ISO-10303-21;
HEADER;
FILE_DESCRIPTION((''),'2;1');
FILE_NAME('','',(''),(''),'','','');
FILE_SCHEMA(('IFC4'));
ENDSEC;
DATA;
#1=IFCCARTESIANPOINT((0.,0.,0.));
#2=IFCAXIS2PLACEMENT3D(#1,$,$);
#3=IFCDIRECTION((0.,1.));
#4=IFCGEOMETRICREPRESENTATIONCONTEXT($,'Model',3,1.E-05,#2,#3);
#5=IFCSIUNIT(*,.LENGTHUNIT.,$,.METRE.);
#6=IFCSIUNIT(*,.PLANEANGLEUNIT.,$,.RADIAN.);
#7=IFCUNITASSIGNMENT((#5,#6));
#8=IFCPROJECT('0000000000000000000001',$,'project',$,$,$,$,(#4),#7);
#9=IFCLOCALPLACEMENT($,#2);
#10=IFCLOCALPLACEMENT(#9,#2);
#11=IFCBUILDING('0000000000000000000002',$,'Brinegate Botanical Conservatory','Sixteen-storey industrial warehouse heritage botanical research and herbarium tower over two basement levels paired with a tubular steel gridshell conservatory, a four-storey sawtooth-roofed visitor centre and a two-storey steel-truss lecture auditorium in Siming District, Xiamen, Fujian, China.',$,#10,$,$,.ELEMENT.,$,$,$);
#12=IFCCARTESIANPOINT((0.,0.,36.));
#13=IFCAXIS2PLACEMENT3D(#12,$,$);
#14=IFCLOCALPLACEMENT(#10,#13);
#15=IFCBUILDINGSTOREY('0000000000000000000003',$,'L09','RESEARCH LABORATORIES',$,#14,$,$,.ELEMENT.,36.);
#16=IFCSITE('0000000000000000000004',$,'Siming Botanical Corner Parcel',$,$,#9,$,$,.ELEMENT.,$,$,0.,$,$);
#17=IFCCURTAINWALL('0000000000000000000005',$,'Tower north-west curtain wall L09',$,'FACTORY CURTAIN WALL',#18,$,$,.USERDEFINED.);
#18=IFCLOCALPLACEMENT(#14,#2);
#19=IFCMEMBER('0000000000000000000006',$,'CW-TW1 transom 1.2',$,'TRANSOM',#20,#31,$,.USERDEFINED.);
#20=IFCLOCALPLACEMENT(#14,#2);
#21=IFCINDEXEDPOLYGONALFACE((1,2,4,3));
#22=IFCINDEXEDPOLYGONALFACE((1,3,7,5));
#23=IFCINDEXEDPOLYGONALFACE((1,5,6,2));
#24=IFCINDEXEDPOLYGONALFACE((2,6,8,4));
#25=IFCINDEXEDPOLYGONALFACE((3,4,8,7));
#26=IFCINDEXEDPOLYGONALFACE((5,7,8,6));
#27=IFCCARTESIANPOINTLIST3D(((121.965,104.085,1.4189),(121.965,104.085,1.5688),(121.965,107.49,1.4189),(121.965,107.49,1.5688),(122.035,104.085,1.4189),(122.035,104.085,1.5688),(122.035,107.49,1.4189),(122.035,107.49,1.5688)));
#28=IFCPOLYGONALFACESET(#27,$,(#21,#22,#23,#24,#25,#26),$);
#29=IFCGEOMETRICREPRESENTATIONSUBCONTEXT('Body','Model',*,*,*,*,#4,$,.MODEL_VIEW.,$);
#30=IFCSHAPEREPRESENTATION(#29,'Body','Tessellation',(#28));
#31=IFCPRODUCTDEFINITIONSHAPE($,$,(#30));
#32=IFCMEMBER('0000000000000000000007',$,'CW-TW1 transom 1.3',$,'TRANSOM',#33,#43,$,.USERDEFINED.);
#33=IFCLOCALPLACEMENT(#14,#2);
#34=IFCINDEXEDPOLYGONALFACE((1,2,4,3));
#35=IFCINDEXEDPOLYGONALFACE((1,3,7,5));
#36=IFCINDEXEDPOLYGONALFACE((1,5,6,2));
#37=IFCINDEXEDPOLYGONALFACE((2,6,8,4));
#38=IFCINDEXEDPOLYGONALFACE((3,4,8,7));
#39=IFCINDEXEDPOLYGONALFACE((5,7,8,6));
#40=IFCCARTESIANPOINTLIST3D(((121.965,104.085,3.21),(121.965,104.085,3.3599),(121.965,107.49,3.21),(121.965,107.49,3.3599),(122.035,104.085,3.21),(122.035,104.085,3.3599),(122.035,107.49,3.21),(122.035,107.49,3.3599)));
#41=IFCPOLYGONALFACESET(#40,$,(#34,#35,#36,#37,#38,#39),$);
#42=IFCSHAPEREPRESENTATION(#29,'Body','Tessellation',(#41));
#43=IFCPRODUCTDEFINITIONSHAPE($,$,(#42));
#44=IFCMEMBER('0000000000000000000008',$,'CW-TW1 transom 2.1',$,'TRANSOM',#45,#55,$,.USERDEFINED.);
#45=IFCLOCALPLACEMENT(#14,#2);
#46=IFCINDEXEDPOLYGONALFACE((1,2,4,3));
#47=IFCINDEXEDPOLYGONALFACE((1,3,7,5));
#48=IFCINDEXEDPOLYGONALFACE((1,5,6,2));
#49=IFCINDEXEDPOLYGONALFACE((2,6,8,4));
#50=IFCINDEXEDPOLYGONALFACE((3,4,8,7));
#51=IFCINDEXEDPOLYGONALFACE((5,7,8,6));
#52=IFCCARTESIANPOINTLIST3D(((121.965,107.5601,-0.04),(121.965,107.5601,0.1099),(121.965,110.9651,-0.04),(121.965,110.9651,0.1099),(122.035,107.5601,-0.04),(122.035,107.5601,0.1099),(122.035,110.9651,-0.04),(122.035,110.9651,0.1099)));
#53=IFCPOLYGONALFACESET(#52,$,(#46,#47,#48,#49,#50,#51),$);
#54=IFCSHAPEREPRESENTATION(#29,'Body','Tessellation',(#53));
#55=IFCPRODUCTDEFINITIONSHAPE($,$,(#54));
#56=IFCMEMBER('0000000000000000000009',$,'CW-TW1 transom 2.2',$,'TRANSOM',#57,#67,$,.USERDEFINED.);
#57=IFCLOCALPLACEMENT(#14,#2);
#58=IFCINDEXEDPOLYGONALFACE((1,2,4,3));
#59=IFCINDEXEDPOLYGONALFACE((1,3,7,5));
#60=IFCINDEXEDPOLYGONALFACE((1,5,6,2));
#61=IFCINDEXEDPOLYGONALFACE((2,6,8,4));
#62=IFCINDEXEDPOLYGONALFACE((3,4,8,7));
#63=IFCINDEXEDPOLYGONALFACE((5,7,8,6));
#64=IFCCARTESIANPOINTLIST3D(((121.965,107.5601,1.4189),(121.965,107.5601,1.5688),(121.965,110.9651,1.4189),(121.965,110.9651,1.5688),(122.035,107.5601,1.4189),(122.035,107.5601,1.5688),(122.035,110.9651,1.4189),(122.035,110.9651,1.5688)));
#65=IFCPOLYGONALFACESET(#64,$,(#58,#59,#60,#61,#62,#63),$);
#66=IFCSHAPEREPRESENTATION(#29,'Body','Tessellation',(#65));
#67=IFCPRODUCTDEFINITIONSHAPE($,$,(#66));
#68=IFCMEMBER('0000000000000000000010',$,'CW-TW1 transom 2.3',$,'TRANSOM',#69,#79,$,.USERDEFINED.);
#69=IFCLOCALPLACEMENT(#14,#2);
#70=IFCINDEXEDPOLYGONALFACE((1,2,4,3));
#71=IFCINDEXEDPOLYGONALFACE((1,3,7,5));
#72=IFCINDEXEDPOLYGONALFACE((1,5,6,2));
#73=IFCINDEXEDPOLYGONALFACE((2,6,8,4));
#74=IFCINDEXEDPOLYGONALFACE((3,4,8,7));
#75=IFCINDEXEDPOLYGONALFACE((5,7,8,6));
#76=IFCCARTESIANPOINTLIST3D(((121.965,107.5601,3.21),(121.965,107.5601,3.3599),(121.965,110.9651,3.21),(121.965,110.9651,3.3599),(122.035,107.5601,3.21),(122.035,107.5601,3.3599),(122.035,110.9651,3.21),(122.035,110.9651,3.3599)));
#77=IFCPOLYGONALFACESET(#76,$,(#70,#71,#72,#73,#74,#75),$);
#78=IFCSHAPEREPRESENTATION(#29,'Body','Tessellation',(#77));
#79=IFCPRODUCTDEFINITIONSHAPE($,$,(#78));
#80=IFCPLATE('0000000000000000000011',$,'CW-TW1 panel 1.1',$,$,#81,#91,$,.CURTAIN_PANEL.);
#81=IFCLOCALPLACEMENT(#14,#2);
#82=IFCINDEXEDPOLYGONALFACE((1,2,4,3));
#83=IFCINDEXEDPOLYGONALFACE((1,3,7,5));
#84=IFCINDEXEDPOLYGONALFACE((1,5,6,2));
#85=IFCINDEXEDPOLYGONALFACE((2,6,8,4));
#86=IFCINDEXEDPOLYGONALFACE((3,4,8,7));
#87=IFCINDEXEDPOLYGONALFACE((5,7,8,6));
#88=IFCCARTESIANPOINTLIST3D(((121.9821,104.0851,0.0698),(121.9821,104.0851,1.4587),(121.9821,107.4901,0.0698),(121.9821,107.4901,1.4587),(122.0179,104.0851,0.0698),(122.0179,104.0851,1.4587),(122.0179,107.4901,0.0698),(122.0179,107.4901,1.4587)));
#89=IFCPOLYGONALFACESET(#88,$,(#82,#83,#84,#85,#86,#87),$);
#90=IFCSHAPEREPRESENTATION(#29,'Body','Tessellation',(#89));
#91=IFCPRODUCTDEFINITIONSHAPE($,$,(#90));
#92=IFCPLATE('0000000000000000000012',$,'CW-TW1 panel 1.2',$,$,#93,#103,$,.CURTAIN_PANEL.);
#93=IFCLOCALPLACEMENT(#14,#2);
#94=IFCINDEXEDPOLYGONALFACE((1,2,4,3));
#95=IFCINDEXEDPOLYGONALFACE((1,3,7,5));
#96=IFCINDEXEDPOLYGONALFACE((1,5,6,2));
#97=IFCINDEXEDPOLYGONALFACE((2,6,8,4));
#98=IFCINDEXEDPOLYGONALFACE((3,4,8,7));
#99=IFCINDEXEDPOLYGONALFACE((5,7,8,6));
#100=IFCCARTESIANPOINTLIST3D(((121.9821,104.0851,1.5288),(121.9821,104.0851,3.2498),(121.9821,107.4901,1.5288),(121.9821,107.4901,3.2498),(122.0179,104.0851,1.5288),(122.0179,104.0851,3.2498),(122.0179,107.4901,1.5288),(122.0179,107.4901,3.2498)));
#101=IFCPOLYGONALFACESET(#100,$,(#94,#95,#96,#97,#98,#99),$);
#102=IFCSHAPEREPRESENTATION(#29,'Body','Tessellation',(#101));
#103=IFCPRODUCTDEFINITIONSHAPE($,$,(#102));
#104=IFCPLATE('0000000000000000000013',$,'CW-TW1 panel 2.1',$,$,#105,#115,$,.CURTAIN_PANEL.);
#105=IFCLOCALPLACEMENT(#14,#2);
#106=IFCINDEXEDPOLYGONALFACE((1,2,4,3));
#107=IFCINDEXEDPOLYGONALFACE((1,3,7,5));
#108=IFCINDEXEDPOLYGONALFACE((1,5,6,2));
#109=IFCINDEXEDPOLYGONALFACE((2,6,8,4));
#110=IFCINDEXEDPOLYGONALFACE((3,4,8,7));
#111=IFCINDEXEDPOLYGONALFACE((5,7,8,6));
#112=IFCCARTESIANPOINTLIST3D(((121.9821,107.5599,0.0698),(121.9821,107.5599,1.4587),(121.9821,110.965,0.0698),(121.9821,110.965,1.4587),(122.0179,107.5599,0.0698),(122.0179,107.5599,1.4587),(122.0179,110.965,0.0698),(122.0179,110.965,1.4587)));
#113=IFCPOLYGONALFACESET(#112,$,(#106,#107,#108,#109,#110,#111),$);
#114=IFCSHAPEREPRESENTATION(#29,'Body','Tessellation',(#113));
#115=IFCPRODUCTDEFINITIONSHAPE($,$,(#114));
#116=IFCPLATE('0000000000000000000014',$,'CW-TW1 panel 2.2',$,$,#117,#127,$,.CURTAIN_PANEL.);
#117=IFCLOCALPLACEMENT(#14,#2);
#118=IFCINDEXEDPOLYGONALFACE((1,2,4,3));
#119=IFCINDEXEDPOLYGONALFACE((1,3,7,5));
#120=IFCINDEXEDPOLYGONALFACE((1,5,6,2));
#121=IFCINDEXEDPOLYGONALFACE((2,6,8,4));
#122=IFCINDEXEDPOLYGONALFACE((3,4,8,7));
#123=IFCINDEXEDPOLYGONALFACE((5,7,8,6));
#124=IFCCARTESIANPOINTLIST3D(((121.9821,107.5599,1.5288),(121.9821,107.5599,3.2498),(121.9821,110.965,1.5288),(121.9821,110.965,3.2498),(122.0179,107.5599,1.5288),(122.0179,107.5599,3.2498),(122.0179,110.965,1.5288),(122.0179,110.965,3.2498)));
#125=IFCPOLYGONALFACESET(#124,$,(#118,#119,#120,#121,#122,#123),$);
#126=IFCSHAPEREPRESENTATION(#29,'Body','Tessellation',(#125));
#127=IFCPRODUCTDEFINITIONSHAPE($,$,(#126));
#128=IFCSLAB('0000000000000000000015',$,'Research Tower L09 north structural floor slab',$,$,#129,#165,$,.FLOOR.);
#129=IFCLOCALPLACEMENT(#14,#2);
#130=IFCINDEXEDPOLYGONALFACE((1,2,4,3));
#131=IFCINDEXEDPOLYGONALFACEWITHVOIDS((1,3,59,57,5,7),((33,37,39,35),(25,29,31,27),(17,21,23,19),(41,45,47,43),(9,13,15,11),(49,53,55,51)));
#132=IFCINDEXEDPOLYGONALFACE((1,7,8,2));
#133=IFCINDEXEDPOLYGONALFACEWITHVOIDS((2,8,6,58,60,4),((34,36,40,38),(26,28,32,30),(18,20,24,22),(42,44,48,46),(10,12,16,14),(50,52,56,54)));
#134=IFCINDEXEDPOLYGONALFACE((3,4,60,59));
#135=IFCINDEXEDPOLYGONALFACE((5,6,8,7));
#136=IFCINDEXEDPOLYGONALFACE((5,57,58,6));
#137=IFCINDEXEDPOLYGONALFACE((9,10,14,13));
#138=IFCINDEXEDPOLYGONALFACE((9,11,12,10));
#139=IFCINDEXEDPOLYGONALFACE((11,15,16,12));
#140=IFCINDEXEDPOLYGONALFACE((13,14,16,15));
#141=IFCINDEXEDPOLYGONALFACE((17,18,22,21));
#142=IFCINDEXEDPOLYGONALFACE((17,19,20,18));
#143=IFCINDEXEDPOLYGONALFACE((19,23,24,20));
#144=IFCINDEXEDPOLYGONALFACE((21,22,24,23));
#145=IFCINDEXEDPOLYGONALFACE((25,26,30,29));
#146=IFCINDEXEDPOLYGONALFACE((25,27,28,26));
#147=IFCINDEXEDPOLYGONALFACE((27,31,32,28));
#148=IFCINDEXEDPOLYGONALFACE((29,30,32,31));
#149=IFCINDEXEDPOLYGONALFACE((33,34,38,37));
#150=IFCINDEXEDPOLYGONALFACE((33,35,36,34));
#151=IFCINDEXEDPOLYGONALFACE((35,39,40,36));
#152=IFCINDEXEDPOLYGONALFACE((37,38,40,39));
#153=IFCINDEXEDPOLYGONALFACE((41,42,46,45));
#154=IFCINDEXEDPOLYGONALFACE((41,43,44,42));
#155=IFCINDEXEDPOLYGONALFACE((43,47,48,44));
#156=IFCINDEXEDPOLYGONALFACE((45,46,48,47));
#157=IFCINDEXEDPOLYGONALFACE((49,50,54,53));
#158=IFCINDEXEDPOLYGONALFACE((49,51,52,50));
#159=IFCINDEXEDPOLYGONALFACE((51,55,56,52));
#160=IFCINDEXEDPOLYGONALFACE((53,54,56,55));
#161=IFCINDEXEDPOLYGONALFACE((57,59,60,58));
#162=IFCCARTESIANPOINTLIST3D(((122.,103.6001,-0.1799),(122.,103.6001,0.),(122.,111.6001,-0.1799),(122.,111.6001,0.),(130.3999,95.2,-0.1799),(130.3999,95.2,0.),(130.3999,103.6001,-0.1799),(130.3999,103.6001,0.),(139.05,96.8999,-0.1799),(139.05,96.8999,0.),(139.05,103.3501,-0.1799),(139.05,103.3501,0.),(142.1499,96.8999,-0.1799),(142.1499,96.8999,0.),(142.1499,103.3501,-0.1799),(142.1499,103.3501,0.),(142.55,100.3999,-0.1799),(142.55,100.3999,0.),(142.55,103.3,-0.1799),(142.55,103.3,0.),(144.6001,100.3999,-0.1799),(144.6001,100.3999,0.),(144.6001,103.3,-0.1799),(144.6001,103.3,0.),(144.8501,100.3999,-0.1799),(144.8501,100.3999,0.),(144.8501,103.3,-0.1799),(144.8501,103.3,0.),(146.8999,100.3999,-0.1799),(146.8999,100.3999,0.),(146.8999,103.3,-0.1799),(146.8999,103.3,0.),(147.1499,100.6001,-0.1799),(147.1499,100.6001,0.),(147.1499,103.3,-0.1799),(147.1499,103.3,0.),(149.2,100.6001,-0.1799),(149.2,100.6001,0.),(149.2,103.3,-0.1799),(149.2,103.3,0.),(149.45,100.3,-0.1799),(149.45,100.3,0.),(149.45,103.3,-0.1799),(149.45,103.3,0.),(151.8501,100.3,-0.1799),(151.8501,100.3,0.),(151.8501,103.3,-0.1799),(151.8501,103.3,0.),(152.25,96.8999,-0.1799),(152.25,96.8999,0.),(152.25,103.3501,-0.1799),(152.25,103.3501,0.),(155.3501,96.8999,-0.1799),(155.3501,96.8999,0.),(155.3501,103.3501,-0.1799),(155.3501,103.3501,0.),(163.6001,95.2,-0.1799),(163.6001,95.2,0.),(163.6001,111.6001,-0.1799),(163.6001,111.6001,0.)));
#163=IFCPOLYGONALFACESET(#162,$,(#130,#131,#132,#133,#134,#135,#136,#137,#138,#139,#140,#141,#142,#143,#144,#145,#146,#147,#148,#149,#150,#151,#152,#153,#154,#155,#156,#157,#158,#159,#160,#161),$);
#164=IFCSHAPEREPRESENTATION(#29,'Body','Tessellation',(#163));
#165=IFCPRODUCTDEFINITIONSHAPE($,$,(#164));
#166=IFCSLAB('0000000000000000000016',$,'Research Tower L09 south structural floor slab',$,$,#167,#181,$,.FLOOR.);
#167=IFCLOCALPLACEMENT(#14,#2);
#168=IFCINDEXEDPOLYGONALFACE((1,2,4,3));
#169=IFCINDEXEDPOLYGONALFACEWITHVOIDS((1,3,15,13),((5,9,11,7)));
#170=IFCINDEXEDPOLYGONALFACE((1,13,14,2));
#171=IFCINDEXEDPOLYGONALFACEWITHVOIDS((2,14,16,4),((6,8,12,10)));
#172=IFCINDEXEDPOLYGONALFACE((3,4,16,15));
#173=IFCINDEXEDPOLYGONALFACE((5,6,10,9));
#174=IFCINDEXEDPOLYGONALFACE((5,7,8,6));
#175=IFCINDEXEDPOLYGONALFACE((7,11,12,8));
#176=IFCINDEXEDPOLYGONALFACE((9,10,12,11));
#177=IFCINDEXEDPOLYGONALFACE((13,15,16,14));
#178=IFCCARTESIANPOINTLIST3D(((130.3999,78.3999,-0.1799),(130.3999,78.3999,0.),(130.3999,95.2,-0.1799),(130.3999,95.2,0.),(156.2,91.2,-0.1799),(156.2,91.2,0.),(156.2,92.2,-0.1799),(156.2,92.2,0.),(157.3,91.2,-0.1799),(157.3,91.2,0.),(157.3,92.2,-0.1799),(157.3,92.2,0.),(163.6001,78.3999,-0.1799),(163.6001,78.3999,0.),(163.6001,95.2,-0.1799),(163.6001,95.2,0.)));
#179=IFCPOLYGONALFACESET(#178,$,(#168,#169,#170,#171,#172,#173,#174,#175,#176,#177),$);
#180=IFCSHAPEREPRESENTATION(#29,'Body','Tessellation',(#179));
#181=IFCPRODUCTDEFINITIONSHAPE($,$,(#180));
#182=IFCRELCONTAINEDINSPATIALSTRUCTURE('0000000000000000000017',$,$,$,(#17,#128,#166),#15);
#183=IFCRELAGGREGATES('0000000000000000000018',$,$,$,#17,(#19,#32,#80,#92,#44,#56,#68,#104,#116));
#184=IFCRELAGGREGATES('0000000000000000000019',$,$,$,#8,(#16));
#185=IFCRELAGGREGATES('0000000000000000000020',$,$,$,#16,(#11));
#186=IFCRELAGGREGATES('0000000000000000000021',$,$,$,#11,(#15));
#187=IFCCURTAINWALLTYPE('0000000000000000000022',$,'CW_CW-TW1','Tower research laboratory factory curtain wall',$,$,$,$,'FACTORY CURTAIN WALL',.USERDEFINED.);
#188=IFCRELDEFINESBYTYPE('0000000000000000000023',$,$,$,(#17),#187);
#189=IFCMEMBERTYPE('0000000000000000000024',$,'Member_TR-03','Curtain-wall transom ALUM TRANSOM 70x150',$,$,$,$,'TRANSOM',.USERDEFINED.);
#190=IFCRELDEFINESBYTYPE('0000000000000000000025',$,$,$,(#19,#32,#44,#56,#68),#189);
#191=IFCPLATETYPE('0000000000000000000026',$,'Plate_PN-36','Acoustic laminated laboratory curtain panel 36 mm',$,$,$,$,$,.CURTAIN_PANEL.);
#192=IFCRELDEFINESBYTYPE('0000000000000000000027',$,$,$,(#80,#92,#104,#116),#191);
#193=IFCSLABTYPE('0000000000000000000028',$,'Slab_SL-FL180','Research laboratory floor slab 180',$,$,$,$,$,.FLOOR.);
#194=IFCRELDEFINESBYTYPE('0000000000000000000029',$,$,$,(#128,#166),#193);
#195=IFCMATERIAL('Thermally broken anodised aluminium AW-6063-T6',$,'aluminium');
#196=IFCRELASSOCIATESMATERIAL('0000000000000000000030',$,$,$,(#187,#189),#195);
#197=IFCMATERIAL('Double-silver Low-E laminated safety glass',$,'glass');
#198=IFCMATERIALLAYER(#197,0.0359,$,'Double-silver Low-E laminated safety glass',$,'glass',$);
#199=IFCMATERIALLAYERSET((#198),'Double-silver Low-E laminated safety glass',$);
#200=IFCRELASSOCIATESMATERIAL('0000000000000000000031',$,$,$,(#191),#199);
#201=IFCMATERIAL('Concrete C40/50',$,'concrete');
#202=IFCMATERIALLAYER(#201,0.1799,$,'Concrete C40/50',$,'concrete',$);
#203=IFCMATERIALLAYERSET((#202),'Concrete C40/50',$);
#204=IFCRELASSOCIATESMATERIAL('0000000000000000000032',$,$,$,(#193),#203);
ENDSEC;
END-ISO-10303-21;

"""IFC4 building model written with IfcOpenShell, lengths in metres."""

from ifc_helpers import new_model, si_unit, direction, frame, origin, origin_2d, place, context, subcontext, project, spatial, polyline, rectangle, outline, extrude, material, layer, layer_set, material_profile, profile_set, type_object, element, aggregate, save


model = new_model("IFC4")

# Units and contexts
model_context = context("Model", 3, precision=1e-05, world=origin(), true_north=direction((0.0, 1.0)))
body_context = subcontext(model_context, "Body", "Model", "MODEL_VIEW")
ifc_project = project(units=[si_unit("LENGTHUNIT", "METRE"), si_unit("PLANEANGLEUNIT", "RADIAN")], contexts=[model_context])

# Site, building, storey
site_placement = place(None, origin())
site = spatial("IfcSite", under=ifc_project, at=site_placement, Name="Siming Botanical Corner Parcel", CompositionType="ELEMENT", RefElevation=0.0)
building_placement = place(site_placement, origin())
building = spatial("IfcBuilding", under=site, at=building_placement, Name="Brinegate Botanical Conservatory", Description="Sixteen-storey industrial warehouse heritage botanical research and herbarium tower over two basement levels paired with a tubular steel gridshell conservatory, a four-storey sawtooth-roofed visitor centre and a two-storey steel-truss lecture auditorium in Siming District, Xiamen, Fujian, China.", CompositionType="ELEMENT")
storey_placement = place(building_placement, frame((0.0, 0.0, 36.0)))
storey = spatial("IfcBuildingStorey", under=building, at=storey_placement, Name="L09", Description="RESEARCH LABORATORIES", CompositionType="ELEMENT", Elevation=36.0)

# Shared definitions
ifc_material_1 = material(Name="Concrete C40/50", Category="concrete")

# Curtain wall, members, plates
ifc_material_2 = material(Name="Thermally broken anodised aluminium AW-6063-T6", Category="aluminium")
curtain_wall_type = type_object("IfcCurtainWallType", Name="CW_CW-TW1", Description="Tower research laboratory factory curtain wall", ElementType="FACTORY CURTAIN WALL", PredefinedType="USERDEFINED", material=ifc_material_2)
curtain_wall_placement = place(storey_placement, origin())
curtain_wall = element("IfcCurtainWall", 1, at=curtain_wall_placement, inside=storey, type_object=curtain_wall_type, Name="Tower north-west curtain wall L09", ObjectType="FACTORY CURTAIN WALL", PredefinedType="USERDEFINED")
ifc_material_profile_1 = material_profile(ifc_material_2, rectangle(XDim=0.0701, YDim=0.1499, at=origin_2d()), Name="ALUM TRANSOM 70x150")
ifc_profile_set_1 = profile_set([ifc_material_profile_1], Name="Thermally broken anodised aluminium AW-6063-T6")
member_type_1 = type_object("IfcMemberType", Name="Member_TR-03", Description="Curtain-wall transom ALUM TRANSOM 70x150", ElementType="TRANSOM", PredefinedType="USERDEFINED", material=ifc_profile_set_1)
member_1_placement = place(storey_placement, frame((122.0, 104.085, 1.4939), z_axis=(0.0, 1.0, 0.0), x_axis=(-1.0, 0.0, 0.0)))
member_1 = element("IfcMember", 2, at=member_1_placement, type_object=member_type_1, Name="CW-TW1 transom 1.2", ObjectType="TRANSOM", PredefinedType="USERDEFINED", context=body_context, shape_type="SweptSolid", body=[
    extrude(rectangle(XDim=0.0701, YDim=0.1499, at=origin_2d()), origin(), (0.0, 0.0, 1.0), 3.405),
])
member_2_placement = place(storey_placement, frame((122.0, 104.085, 3.2849), z_axis=(0.0, 1.0, 0.0), x_axis=(-1.0, 0.0, 0.0)))
member_2 = element("IfcMember", 3, at=member_2_placement, type_object=member_type_1, Name="CW-TW1 transom 1.3", ObjectType="TRANSOM", PredefinedType="USERDEFINED", context=body_context, shape_type="SweptSolid", body=[
    extrude(rectangle(XDim=0.0701, YDim=0.1499, at=origin_2d()), origin(), (0.0, 0.0, 1.0), 3.405),
])
member_3_placement = place(storey_placement, frame((122.0, 107.5601, 0.0349), z_axis=(0.0, 1.0, 0.0), x_axis=(-1.0, 0.0, 0.0)))
member_3 = element("IfcMember", 4, at=member_3_placement, type_object=member_type_1, Name="CW-TW1 transom 2.1", ObjectType="TRANSOM", PredefinedType="USERDEFINED", context=body_context, shape_type="SweptSolid", body=[
    extrude(rectangle(XDim=0.0701, YDim=0.1499, at=origin_2d()), origin(), (0.0, 0.0, 1.0), 3.405),
])
member_4_placement = place(storey_placement, frame((122.0, 107.5601, 1.4939), z_axis=(0.0, 1.0, 0.0), x_axis=(-1.0, 0.0, 0.0)))
member_4 = element("IfcMember", 5, at=member_4_placement, type_object=member_type_1, Name="CW-TW1 transom 2.2", ObjectType="TRANSOM", PredefinedType="USERDEFINED", context=body_context, shape_type="SweptSolid", body=[
    extrude(rectangle(XDim=0.0701, YDim=0.1499, at=origin_2d()), origin(), (0.0, 0.0, 1.0), 3.405),
])
member_5_placement = place(storey_placement, frame((122.0, 107.5601, 3.2849), z_axis=(0.0, 1.0, 0.0), x_axis=(-1.0, 0.0, 0.0)))
member_5 = element("IfcMember", 6, at=member_5_placement, type_object=member_type_1, Name="CW-TW1 transom 2.3", ObjectType="TRANSOM", PredefinedType="USERDEFINED", context=body_context, shape_type="SweptSolid", body=[
    extrude(rectangle(XDim=0.0701, YDim=0.1499, at=origin_2d()), origin(), (0.0, 0.0, 1.0), 3.405),
])
ifc_material_3 = material(Name="Double-silver Low-E laminated safety glass", Category="glass")
ifc_layer_1 = layer(ifc_material_3, 0.0359, Name="Double-silver Low-E laminated safety glass", Category="glass")
ifc_layer_set_1 = layer_set([ifc_layer_1], Name="Double-silver Low-E laminated safety glass")
plate_type = type_object("IfcPlateType", Name="Plate_PN-36", Description="Acoustic laminated laboratory curtain panel 36 mm", PredefinedType="CURTAIN_PANEL", material=ifc_layer_set_1)
plate_1_placement = place(storey_placement, frame((122.0, 105.7876, 0.0698), z_axis=(0.0, 0.0, 1.0), x_axis=(0.0, 1.0, 0.0)))
plate_1 = element("IfcPlate", 7, at=plate_1_placement, type_object=plate_type, Name="CW-TW1 panel 1.1", PredefinedType="CURTAIN_PANEL", context=body_context, shape_type="SweptSolid", body=[
    extrude(rectangle(XDim=3.405, YDim=0.0359, at=origin_2d()), origin(), (0.0, 0.0, 1.0), 1.3889),
])
plate_2_placement = place(storey_placement, frame((122.0, 105.7876, 1.5288), z_axis=(0.0, 0.0, 1.0), x_axis=(0.0, 1.0, 0.0)))
plate_2 = element("IfcPlate", 8, at=plate_2_placement, type_object=plate_type, Name="CW-TW1 panel 1.2", PredefinedType="CURTAIN_PANEL", context=body_context, shape_type="SweptSolid", body=[
    extrude(rectangle(XDim=3.405, YDim=0.0359, at=origin_2d()), origin(), (0.0, 0.0, 1.0), 1.7209),
])
plate_3_placement = place(storey_placement, frame((122.0, 109.2625, 0.0698), z_axis=(0.0, 0.0, 1.0), x_axis=(0.0, 1.0, 0.0)))
plate_3 = element("IfcPlate", 9, at=plate_3_placement, type_object=plate_type, Name="CW-TW1 panel 2.1", PredefinedType="CURTAIN_PANEL", context=body_context, shape_type="SweptSolid", body=[
    extrude(rectangle(XDim=3.405, YDim=0.0359, at=origin_2d()), origin(), (0.0, 0.0, 1.0), 1.3889),
])
plate_4_placement = place(storey_placement, frame((122.0, 109.2625, 1.5288), z_axis=(0.0, 0.0, 1.0), x_axis=(0.0, 1.0, 0.0)))
plate_4 = element("IfcPlate", 10, at=plate_4_placement, type_object=plate_type, Name="CW-TW1 panel 2.2", PredefinedType="CURTAIN_PANEL", context=body_context, shape_type="SweptSolid", body=[
    extrude(rectangle(XDim=3.405, YDim=0.0359, at=origin_2d()), origin(), (0.0, 0.0, 1.0), 1.7209),
])
aggregate(curtain_wall, [member_1, member_2, plate_1, plate_2, member_3, member_4, member_5, plate_3, plate_4])

# Slabs
ifc_layer_2 = layer(ifc_material_1, 0.1799, Name="Concrete C40/50", Category="concrete")
ifc_layer_set_2 = layer_set([ifc_layer_2], Name="Concrete C40/50")
slab_type_1 = type_object("IfcSlabType", Name="Slab_SL-FL180", Description="Research laboratory floor slab 180", PredefinedType="FLOOR", material=ifc_layer_set_2)
slab_1_placement = place(storey_placement, frame((0.0, 0.0, -0.1799)))
element("IfcSlab", 11, at=slab_1_placement, inside=storey, type_object=slab_type_1, Name="Research Tower L09 north structural floor slab", PredefinedType="FLOOR", context=body_context, shape_type="SweptSolid", body=[
    extrude(outline(polyline([(130.3999, 103.6001), (122.0, 103.6001), (122.0, 111.6001), (163.6001, 111.6001), (163.6001, 95.2), (130.3999, 95.2), (130.3999, 103.6001)]), holes=[polyline([(142.1499, 96.8999), (142.1499, 103.3501), (139.05, 103.3501), (139.05, 96.8999), (142.1499, 96.8999)]), polyline([(155.3501, 96.8999), (155.3501, 103.3501), (152.25, 103.3501), (152.25, 96.8999), (155.3501, 96.8999)]), polyline([(142.55, 100.3999), (144.6001, 100.3999), (144.6001, 103.3), (142.55, 103.3), (142.55, 100.3999)]), polyline([(144.8501, 100.3999), (146.8999, 100.3999), (146.8999, 103.3), (144.8501, 103.3), (144.8501, 100.3999)]), polyline([(147.1499, 100.6001), (149.2, 100.6001), (149.2, 103.3), (147.1499, 103.3), (147.1499, 100.6001)]), polyline([(149.45, 100.3), (151.8501, 100.3), (151.8501, 103.3), (149.45, 103.3), (149.45, 100.3)])]), origin(), (0.0, 0.0, 1.0), 0.1799),
])
slab_2_placement = place(storey_placement, frame((0.0, 0.0, -0.1799)))
element("IfcSlab", 12, at=slab_2_placement, inside=storey, type_object=slab_type_1, Name="Research Tower L09 south structural floor slab", PredefinedType="FLOOR", context=body_context, shape_type="SweptSolid", body=[
    extrude(outline(polyline([(163.6001, 78.3999), (130.3999, 78.3999), (130.3999, 95.2), (163.6001, 95.2), (163.6001, 78.3999)]), holes=[polyline([(156.2, 91.2), (157.3, 91.2), (157.3, 92.2), (156.2, 92.2), (156.2, 91.2)])]), origin(), (0.0, 0.0, 1.0), 0.1799),
])

save(model, "model.ifc")
